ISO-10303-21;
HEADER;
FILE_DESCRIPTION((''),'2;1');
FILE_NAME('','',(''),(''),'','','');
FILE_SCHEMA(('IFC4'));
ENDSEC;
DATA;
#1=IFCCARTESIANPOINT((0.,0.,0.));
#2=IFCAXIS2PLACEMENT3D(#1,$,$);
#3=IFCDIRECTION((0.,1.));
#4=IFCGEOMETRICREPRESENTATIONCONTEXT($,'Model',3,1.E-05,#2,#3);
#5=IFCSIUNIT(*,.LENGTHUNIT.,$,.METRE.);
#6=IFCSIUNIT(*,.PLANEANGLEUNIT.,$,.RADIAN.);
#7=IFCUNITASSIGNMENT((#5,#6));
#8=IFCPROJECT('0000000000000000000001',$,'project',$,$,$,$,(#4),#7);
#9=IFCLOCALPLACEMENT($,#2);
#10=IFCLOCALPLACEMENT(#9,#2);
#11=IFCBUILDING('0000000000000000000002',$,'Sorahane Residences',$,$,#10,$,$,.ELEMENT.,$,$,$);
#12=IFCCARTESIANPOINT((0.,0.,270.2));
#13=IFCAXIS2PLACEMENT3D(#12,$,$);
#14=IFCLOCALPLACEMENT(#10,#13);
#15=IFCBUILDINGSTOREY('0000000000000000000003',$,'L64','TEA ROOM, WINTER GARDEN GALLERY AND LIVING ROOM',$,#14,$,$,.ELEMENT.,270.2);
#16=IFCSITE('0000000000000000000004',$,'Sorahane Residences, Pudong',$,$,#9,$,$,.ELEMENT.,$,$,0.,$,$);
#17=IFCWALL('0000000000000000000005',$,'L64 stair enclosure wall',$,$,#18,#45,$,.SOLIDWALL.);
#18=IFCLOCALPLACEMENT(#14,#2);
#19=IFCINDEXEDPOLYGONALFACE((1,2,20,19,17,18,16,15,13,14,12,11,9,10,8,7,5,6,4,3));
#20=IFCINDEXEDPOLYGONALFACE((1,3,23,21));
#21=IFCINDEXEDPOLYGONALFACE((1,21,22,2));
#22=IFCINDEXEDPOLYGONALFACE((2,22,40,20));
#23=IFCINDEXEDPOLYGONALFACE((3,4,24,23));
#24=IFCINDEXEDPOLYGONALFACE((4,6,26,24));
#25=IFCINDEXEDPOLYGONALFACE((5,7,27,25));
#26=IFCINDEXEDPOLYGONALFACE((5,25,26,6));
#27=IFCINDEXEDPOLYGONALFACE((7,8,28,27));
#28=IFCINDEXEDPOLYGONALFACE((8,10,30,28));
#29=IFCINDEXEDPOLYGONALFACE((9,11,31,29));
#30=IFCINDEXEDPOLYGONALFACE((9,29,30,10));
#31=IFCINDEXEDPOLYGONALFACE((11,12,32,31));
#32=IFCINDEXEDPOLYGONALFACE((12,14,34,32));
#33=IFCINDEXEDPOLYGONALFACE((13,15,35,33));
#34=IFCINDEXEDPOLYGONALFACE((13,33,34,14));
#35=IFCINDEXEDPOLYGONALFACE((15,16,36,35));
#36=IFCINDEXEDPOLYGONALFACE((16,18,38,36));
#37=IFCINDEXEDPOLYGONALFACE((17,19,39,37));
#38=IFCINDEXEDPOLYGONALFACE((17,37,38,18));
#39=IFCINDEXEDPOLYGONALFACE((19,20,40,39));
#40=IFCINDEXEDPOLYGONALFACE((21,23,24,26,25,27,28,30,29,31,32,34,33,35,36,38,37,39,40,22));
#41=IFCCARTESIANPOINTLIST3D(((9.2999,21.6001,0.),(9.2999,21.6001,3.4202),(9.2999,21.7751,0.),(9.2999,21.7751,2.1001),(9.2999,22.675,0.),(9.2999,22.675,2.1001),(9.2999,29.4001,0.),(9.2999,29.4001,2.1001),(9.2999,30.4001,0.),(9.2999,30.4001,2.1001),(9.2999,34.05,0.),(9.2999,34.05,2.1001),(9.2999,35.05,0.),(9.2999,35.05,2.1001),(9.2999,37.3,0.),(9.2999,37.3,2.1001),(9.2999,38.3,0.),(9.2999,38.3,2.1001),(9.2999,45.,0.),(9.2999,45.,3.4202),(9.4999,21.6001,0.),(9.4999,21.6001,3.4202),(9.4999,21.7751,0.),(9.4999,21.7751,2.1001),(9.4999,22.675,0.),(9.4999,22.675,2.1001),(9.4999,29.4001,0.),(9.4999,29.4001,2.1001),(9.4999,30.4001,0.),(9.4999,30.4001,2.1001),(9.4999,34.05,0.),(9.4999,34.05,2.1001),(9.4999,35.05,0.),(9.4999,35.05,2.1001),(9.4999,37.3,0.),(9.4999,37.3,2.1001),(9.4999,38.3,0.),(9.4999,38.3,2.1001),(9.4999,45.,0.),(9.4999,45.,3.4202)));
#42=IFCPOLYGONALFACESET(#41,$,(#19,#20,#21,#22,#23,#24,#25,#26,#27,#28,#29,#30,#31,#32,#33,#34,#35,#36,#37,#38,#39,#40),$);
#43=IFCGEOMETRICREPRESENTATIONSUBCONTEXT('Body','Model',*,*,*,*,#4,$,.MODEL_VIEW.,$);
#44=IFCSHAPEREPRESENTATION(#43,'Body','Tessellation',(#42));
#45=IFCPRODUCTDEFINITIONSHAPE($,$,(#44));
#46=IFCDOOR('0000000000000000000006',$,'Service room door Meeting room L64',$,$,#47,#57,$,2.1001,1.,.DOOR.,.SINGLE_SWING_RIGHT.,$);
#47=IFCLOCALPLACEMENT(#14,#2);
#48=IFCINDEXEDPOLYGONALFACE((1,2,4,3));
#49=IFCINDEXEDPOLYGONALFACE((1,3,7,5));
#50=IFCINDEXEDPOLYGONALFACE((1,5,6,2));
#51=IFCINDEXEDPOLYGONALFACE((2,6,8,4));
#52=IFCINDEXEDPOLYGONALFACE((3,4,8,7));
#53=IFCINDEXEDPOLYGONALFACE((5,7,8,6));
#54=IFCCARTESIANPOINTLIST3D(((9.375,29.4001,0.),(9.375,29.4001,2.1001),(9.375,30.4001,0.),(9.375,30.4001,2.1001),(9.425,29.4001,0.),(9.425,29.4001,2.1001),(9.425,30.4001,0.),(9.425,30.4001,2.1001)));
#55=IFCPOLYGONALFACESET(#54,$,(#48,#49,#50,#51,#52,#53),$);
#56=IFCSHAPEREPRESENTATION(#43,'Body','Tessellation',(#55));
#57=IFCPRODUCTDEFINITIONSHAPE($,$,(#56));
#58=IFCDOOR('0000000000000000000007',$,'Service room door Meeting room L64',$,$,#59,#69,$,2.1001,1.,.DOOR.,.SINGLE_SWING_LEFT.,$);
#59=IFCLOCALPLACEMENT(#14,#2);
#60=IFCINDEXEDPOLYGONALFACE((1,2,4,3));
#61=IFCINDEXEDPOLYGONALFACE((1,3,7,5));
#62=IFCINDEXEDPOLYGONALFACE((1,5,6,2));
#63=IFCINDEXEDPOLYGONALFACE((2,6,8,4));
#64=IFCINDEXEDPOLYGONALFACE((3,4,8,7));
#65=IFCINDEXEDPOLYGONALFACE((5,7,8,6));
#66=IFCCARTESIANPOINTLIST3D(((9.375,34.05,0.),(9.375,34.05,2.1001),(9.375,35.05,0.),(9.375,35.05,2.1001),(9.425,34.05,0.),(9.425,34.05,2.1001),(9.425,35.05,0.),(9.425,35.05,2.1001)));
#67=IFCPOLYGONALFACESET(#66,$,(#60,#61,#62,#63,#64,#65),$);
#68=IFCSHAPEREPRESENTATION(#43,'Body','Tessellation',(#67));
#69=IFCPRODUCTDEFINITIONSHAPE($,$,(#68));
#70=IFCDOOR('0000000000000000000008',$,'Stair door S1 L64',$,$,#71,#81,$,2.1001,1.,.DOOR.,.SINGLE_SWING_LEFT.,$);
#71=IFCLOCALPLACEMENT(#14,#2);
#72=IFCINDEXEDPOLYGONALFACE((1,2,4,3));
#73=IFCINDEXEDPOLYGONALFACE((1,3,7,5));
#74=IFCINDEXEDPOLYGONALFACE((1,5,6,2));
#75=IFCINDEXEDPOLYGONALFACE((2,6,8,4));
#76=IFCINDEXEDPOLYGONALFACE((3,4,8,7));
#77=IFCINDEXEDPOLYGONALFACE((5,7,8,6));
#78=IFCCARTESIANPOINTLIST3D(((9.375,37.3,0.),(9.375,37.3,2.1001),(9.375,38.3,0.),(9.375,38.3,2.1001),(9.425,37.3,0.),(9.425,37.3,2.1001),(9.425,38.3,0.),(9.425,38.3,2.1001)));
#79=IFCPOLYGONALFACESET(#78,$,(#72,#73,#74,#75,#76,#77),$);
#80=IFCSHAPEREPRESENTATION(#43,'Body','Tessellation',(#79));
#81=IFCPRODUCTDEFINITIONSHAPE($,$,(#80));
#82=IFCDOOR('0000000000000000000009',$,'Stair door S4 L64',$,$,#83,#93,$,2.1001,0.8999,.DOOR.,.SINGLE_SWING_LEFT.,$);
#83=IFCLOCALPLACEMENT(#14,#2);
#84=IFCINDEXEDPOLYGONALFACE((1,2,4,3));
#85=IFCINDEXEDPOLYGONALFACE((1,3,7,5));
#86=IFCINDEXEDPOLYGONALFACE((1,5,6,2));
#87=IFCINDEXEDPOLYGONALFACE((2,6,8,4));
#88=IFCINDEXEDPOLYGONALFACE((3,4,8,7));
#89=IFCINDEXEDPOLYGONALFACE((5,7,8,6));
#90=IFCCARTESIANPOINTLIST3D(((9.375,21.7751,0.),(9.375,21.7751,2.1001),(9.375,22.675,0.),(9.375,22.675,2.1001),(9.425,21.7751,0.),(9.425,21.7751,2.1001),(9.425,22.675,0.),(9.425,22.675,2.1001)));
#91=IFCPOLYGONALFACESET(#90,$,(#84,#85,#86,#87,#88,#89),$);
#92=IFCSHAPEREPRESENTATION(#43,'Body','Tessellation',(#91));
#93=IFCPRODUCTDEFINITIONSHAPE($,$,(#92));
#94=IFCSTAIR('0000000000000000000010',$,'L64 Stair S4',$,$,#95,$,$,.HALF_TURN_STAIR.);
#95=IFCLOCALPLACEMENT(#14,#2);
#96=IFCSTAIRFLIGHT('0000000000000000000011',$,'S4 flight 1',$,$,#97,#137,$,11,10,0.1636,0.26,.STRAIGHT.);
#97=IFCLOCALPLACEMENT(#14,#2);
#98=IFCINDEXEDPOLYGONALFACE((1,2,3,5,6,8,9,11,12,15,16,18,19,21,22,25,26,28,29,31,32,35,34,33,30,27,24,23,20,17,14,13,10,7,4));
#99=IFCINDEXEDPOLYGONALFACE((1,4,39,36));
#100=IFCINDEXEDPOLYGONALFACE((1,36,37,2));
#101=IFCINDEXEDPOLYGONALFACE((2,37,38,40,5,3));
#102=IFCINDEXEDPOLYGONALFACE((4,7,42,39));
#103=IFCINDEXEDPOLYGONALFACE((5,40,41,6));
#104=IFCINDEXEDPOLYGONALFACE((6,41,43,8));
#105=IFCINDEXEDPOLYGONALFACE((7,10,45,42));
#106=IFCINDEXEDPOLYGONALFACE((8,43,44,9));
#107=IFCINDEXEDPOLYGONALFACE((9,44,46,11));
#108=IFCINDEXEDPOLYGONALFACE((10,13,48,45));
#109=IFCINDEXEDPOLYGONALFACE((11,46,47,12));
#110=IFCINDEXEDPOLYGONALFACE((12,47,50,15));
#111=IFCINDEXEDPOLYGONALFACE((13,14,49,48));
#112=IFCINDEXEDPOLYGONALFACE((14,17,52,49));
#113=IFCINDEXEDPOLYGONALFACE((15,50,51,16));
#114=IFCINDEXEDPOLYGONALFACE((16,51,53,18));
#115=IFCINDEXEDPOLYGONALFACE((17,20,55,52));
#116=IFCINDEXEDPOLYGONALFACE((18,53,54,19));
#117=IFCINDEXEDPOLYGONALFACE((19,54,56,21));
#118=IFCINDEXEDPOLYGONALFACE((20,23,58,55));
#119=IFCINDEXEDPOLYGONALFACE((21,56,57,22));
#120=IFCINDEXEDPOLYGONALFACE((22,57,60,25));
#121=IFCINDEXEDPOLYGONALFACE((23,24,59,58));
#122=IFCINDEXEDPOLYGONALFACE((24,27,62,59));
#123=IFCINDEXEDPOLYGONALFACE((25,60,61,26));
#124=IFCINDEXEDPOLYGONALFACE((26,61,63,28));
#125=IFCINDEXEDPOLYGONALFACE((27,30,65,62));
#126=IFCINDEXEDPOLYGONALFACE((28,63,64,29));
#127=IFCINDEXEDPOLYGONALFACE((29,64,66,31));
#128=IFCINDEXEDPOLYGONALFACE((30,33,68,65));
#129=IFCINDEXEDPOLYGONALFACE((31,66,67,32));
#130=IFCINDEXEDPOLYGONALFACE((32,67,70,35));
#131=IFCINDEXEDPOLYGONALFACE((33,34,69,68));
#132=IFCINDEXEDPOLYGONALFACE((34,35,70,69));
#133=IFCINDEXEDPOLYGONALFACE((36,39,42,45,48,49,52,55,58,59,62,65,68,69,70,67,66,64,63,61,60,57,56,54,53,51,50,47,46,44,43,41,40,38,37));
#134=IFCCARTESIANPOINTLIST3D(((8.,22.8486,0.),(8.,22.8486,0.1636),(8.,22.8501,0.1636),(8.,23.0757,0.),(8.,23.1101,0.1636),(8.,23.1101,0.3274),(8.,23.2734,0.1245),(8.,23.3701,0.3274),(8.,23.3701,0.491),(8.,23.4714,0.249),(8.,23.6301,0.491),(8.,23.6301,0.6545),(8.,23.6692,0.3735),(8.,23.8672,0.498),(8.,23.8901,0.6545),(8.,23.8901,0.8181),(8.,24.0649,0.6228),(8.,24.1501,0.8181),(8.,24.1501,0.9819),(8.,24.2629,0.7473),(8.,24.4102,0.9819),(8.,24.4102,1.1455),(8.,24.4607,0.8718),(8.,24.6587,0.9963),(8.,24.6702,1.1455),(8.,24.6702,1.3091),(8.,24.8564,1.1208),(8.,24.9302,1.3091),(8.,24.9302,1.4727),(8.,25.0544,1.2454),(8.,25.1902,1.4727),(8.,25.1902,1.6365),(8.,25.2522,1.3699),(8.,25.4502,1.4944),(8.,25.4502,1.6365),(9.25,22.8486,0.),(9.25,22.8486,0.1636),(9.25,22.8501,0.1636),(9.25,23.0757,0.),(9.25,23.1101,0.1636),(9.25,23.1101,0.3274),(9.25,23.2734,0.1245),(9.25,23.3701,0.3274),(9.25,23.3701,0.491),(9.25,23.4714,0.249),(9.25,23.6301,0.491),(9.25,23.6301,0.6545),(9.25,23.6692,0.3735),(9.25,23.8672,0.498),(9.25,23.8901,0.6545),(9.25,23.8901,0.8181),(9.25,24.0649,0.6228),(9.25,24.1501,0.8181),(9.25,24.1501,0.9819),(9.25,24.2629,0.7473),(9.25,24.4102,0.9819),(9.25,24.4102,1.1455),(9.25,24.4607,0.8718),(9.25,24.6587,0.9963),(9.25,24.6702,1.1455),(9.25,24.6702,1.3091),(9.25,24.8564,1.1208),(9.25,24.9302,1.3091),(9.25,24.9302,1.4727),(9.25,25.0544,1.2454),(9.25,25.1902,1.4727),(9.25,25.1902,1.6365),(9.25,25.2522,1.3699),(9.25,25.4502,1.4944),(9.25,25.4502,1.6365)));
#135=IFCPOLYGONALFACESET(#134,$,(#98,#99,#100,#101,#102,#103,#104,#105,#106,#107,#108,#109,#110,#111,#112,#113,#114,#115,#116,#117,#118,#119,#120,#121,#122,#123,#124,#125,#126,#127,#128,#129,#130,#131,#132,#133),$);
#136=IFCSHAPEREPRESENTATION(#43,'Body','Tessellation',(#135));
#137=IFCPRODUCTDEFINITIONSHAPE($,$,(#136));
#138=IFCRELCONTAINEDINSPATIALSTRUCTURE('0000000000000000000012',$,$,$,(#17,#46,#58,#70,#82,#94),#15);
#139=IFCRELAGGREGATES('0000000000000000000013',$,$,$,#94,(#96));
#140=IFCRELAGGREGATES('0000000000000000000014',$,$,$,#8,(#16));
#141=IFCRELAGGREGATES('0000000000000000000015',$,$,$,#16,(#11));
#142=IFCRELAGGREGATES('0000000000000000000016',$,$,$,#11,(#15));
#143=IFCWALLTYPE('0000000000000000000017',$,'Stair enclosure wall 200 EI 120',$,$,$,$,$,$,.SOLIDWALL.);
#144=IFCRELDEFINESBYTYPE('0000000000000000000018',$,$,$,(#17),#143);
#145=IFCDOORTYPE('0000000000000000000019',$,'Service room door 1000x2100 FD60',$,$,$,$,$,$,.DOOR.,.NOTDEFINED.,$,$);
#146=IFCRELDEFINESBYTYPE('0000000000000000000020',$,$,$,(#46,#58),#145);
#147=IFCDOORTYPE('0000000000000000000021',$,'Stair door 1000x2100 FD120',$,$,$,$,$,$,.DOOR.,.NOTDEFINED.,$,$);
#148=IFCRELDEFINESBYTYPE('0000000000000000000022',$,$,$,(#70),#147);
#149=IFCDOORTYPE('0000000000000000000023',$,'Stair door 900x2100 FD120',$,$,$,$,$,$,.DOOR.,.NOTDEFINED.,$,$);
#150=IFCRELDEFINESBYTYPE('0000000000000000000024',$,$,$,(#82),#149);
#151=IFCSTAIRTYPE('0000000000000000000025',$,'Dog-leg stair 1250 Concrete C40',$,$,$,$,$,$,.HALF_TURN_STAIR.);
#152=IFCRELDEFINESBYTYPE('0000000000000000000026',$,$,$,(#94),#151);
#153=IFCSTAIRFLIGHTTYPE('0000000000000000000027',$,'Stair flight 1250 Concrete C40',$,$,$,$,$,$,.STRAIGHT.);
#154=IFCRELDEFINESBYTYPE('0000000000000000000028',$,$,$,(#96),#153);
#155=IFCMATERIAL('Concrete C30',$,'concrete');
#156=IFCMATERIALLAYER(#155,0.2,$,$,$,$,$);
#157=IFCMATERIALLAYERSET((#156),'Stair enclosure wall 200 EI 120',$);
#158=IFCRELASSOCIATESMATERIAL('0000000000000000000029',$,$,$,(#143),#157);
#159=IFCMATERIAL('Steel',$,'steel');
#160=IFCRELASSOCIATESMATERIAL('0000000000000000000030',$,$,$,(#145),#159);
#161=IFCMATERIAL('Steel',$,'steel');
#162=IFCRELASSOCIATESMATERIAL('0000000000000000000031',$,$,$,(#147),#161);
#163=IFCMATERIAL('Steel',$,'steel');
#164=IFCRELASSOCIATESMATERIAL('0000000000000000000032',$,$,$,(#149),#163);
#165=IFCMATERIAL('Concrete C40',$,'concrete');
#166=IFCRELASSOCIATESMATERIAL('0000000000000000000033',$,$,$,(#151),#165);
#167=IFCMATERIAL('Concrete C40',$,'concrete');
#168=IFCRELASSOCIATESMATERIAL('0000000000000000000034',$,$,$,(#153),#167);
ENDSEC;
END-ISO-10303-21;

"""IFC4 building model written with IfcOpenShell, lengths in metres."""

from ifc_helpers import new_model, si_unit, direction, frame, frame_2d, origin, place, context, subcontext, project, spatial, polyline, rectangle, outline, extrude, material, layer, layer_set, type_object, element, fill, aggregate, save


model = new_model("IFC4")

# Units and contexts
model_context = context("Model", 3, precision=1e-05, world=origin(), true_north=direction((0.0, 1.0)))
body_context = subcontext(model_context, "Body", "Model", "MODEL_VIEW")
ifc_project = project(units=[si_unit("LENGTHUNIT", "METRE"), si_unit("PLANEANGLEUNIT", "RADIAN")], contexts=[model_context])

# Site, building, storey
site_placement = place(None, origin())
site = spatial("IfcSite", under=ifc_project, at=site_placement, Name="Sorahane Residences, Pudong", CompositionType="ELEMENT", RefElevation=0.0)
building_placement = place(site_placement, origin())
building = spatial("IfcBuilding", under=site, at=building_placement, Name="Sorahane Residences", CompositionType="ELEMENT")
storey_placement = place(building_placement, frame((0.0, 0.0, 270.2)))
storey = spatial("IfcBuildingStorey", under=building, at=storey_placement, Name="L64", Description="TEA ROOM, WINTER GARDEN GALLERY AND LIVING ROOM", CompositionType="ELEMENT", Elevation=270.2)

# Wall, openings, doors
ifc_material_1 = material(Name="Concrete C30", Category="concrete")
ifc_layer_1 = layer(ifc_material_1, 0.2)
ifc_layer_set_1 = layer_set([ifc_layer_1], Name="Stair enclosure wall 200 EI 120")
wall_type_1 = type_object("IfcWallType", Name="Stair enclosure wall 200 EI 120", PredefinedType="SOLIDWALL", material=ifc_layer_set_1)
wall_1_placement = place(storey_placement, frame((9.3999, 21.6001, 0.0), z_axis=(0.0, 0.0, 1.0), x_axis=(0.0, 1.0, 0.0)))
wall_1 = element("IfcWall", 1, at=wall_1_placement, inside=storey, type_object=wall_type_1, Name="L64 stair enclosure wall", PredefinedType="SOLIDWALL", context=body_context, shape_type="SweptSolid", body=[
    extrude(rectangle(XDim=23.3999, YDim=0.2, at=frame_2d((11.7, 0.0))), origin(), (0.0, 0.0, 1.0), 3.4202),
])
opening_1_placement = place(wall_1_placement, frame((7.8, 0.0, 0.0)))
opening_1 = element("IfcOpeningElement", 2, at=opening_1_placement, cuts=wall_1, PredefinedType="OPENING", context=body_context, shape_type="SweptSolid", body=[
    extrude(rectangle(XDim=1.0, YDim=2.1001, at=frame_2d((0.5, 1.05))), frame((0.0, 0.1099, 0.0), z_axis=(0.0, -1.0, 0.0), x_axis=(1.0, 0.0, 0.0)), (0.0, 0.0, 1.0), 0.22),
])
opening_2_placement = place(wall_1_placement, frame((12.45, 0.0, 0.0)))
opening_2 = element("IfcOpeningElement", 3, at=opening_2_placement, cuts=wall_1, PredefinedType="OPENING", context=body_context, shape_type="SweptSolid", body=[
    extrude(rectangle(XDim=1.0, YDim=2.1001, at=frame_2d((0.5, 1.05))), frame((0.0, 0.1099, 0.0), z_axis=(0.0, -1.0, 0.0), x_axis=(1.0, 0.0, 0.0)), (0.0, 0.0, 1.0), 0.22),
])
opening_3_placement = place(wall_1_placement, frame((15.7, 0.0, 0.0)))
opening_3 = element("IfcOpeningElement", 4, at=opening_3_placement, cuts=wall_1, PredefinedType="OPENING", context=body_context, shape_type="SweptSolid", body=[
    extrude(rectangle(XDim=1.0, YDim=2.1001, at=frame_2d((0.5, 1.05))), frame((0.0, 0.1099, 0.0), z_axis=(0.0, -1.0, 0.0), x_axis=(1.0, 0.0, 0.0)), (0.0, 0.0, 1.0), 0.22),
])
opening_4_placement = place(wall_1_placement, frame((0.175, 0.0, 0.0)))
opening_4 = element("IfcOpeningElement", 5, at=opening_4_placement, cuts=wall_1, PredefinedType="OPENING", context=body_context, shape_type="SweptSolid", body=[
    extrude(rectangle(XDim=0.8999, YDim=2.1001, at=frame_2d((0.45, 1.05))), frame((0.0, 0.1099, 0.0), z_axis=(0.0, -1.0, 0.0), x_axis=(1.0, 0.0, 0.0)), (0.0, 0.0, 1.0), 0.22),
])
ifc_material_2 = material(Name="Steel", Category="steel")
door_type_1 = type_object("IfcDoorType", Name="Service room door 1000x2100 FD60", OperationType="NOTDEFINED", PredefinedType="DOOR", material=ifc_material_2)
door_1_placement = place(opening_1_placement, origin())
door_1 = element("IfcDoor", 6, at=door_1_placement, inside=storey, type_object=door_type_1, Name="Service room door Meeting room L64", OperationType="SINGLE_SWING_RIGHT", OverallHeight=2.1001, OverallWidth=1.0, PredefinedType="DOOR", context=body_context, shape_type="SweptSolid", body=[
    extrude(rectangle(XDim=1.0, YDim=2.1001, at=frame_2d((0.5, 1.05))), frame((0.0, 0.0249, 0.0), z_axis=(0.0, -1.0, 0.0), x_axis=(1.0, 0.0, 0.0)), (0.0, 0.0, 1.0), 0.05),
])
fill(opening_1, door_1)
door_2_placement = place(opening_2_placement, origin())
door_2 = element("IfcDoor", 7, at=door_2_placement, inside=storey, type_object=door_type_1, Name="Service room door Meeting room L64", OperationType="SINGLE_SWING_LEFT", OverallHeight=2.1001, OverallWidth=1.0, PredefinedType="DOOR", context=body_context, shape_type="SweptSolid", body=[
    extrude(rectangle(XDim=1.0, YDim=2.1001, at=frame_2d((0.5, 1.05))), frame((0.0, 0.0249, 0.0), z_axis=(0.0, -1.0, 0.0), x_axis=(1.0, 0.0, 0.0)), (0.0, 0.0, 1.0), 0.05),
])
fill(opening_2, door_2)
ifc_material_3 = material(Name="Steel", Category="steel")
door_type_2 = type_object("IfcDoorType", Name="Stair door 1000x2100 FD120", OperationType="NOTDEFINED", PredefinedType="DOOR", material=ifc_material_3)
door_3_placement = place(opening_3_placement, origin())
door_3 = element("IfcDoor", 8, at=door_3_placement, inside=storey, type_object=door_type_2, Name="Stair door S1 L64", OperationType="SINGLE_SWING_LEFT", OverallHeight=2.1001, OverallWidth=1.0, PredefinedType="DOOR", context=body_context, shape_type="SweptSolid", body=[
    extrude(rectangle(XDim=1.0, YDim=2.1001, at=frame_2d((0.5, 1.05))), frame((0.0, 0.0249, 0.0), z_axis=(0.0, -1.0, 0.0), x_axis=(1.0, 0.0, 0.0)), (0.0, 0.0, 1.0), 0.05),
])
fill(opening_3, door_3)
ifc_material_4 = material(Name="Steel", Category="steel")
door_type_3 = type_object("IfcDoorType", Name="Stair door 900x2100 FD120", OperationType="NOTDEFINED", PredefinedType="DOOR", material=ifc_material_4)
door_4_placement = place(opening_4_placement, origin())
door_4 = element("IfcDoor", 9, at=door_4_placement, inside=storey, type_object=door_type_3, Name="Stair door S4 L64", OperationType="SINGLE_SWING_LEFT", OverallHeight=2.1001, OverallWidth=0.8999, PredefinedType="DOOR", context=body_context, shape_type="SweptSolid", body=[
    extrude(rectangle(XDim=0.8999, YDim=2.1001, at=frame_2d((0.45, 1.05))), frame((0.0, 0.0249, 0.0), z_axis=(0.0, -1.0, 0.0), x_axis=(1.0, 0.0, 0.0)), (0.0, 0.0, 1.0), 0.05),
])
fill(opening_4, door_4)

# Stair, stair flight
ifc_material_5 = material(Name="Concrete C40", Category="concrete")
stair_type = type_object("IfcStairType", Name="Dog-leg stair 1250 Concrete C40", PredefinedType="HALF_TURN_STAIR", material=ifc_material_5)
stair_placement = place(storey_placement, origin())
stair = element("IfcStair", 10, at=stair_placement, inside=storey, type_object=stair_type, Name="L64 Stair S4", PredefinedType="HALF_TURN_STAIR")
ifc_material_6 = material(Name="Concrete C40", Category="concrete")
stair_flight_type = type_object("IfcStairFlightType", Name="Stair flight 1250 Concrete C40", PredefinedType="STRAIGHT", material=ifc_material_6)
stair_flight_placement = place(storey_placement, frame((8.625, 22.8501, 0.0), z_axis=(0.0, 0.0, 1.0), x_axis=(0.0, 1.0, 0.0)))
stair_flight = element("IfcStairFlight", 11, at=stair_flight_placement, type_object=stair_flight_type, Name="S4 flight 1", NumberOfRisers=11, NumberOfTreads=10, PredefinedType="STRAIGHT", RiserHeight=0.1636, TreadLength=0.26, context=body_context, shape_type="SweptSolid", body=[
    extrude(outline(polyline([(-0.0015, 0.0), (-0.0015, 0.1636), (0.0, 0.1636), (0.26, 0.1636), (0.26, 0.3274), (0.52, 0.3274), (0.52, 0.491), (0.78, 0.491), (0.78, 0.6545), (1.04, 0.6545), (1.04, 0.8181), (1.3, 0.8181), (1.3, 0.9819), (1.5601, 0.9819), (1.5601, 1.1455), (1.8201, 1.1455), (1.8201, 1.3091), (2.0801, 1.3091), (2.0801, 1.4727), (2.3401, 1.4727), (2.3401, 1.6365), (2.6001, 1.6365), (2.6001, 1.8), (2.6001, 1.4944), (2.4021, 1.3699), (2.2043, 1.2454), (2.0063, 1.1208), (1.8086, 0.9963), (1.6106, 0.8718), (1.4128, 0.7473), (1.2148, 0.6228), (1.0171, 0.498), (0.8191, 0.3735), (0.6213, 0.249), (0.4233, 0.1245), (0.2256, 0.0), (-0.0015, 0.0)])), frame((0.0, 0.625, 0.0), z_axis=(0.0, -1.0, 0.0), x_axis=(1.0, 0.0, 0.0)), (0.0, 0.0, 1.0), 1.25),
])
aggregate(stair, [stair_flight])

save(model, "model.ifc")
